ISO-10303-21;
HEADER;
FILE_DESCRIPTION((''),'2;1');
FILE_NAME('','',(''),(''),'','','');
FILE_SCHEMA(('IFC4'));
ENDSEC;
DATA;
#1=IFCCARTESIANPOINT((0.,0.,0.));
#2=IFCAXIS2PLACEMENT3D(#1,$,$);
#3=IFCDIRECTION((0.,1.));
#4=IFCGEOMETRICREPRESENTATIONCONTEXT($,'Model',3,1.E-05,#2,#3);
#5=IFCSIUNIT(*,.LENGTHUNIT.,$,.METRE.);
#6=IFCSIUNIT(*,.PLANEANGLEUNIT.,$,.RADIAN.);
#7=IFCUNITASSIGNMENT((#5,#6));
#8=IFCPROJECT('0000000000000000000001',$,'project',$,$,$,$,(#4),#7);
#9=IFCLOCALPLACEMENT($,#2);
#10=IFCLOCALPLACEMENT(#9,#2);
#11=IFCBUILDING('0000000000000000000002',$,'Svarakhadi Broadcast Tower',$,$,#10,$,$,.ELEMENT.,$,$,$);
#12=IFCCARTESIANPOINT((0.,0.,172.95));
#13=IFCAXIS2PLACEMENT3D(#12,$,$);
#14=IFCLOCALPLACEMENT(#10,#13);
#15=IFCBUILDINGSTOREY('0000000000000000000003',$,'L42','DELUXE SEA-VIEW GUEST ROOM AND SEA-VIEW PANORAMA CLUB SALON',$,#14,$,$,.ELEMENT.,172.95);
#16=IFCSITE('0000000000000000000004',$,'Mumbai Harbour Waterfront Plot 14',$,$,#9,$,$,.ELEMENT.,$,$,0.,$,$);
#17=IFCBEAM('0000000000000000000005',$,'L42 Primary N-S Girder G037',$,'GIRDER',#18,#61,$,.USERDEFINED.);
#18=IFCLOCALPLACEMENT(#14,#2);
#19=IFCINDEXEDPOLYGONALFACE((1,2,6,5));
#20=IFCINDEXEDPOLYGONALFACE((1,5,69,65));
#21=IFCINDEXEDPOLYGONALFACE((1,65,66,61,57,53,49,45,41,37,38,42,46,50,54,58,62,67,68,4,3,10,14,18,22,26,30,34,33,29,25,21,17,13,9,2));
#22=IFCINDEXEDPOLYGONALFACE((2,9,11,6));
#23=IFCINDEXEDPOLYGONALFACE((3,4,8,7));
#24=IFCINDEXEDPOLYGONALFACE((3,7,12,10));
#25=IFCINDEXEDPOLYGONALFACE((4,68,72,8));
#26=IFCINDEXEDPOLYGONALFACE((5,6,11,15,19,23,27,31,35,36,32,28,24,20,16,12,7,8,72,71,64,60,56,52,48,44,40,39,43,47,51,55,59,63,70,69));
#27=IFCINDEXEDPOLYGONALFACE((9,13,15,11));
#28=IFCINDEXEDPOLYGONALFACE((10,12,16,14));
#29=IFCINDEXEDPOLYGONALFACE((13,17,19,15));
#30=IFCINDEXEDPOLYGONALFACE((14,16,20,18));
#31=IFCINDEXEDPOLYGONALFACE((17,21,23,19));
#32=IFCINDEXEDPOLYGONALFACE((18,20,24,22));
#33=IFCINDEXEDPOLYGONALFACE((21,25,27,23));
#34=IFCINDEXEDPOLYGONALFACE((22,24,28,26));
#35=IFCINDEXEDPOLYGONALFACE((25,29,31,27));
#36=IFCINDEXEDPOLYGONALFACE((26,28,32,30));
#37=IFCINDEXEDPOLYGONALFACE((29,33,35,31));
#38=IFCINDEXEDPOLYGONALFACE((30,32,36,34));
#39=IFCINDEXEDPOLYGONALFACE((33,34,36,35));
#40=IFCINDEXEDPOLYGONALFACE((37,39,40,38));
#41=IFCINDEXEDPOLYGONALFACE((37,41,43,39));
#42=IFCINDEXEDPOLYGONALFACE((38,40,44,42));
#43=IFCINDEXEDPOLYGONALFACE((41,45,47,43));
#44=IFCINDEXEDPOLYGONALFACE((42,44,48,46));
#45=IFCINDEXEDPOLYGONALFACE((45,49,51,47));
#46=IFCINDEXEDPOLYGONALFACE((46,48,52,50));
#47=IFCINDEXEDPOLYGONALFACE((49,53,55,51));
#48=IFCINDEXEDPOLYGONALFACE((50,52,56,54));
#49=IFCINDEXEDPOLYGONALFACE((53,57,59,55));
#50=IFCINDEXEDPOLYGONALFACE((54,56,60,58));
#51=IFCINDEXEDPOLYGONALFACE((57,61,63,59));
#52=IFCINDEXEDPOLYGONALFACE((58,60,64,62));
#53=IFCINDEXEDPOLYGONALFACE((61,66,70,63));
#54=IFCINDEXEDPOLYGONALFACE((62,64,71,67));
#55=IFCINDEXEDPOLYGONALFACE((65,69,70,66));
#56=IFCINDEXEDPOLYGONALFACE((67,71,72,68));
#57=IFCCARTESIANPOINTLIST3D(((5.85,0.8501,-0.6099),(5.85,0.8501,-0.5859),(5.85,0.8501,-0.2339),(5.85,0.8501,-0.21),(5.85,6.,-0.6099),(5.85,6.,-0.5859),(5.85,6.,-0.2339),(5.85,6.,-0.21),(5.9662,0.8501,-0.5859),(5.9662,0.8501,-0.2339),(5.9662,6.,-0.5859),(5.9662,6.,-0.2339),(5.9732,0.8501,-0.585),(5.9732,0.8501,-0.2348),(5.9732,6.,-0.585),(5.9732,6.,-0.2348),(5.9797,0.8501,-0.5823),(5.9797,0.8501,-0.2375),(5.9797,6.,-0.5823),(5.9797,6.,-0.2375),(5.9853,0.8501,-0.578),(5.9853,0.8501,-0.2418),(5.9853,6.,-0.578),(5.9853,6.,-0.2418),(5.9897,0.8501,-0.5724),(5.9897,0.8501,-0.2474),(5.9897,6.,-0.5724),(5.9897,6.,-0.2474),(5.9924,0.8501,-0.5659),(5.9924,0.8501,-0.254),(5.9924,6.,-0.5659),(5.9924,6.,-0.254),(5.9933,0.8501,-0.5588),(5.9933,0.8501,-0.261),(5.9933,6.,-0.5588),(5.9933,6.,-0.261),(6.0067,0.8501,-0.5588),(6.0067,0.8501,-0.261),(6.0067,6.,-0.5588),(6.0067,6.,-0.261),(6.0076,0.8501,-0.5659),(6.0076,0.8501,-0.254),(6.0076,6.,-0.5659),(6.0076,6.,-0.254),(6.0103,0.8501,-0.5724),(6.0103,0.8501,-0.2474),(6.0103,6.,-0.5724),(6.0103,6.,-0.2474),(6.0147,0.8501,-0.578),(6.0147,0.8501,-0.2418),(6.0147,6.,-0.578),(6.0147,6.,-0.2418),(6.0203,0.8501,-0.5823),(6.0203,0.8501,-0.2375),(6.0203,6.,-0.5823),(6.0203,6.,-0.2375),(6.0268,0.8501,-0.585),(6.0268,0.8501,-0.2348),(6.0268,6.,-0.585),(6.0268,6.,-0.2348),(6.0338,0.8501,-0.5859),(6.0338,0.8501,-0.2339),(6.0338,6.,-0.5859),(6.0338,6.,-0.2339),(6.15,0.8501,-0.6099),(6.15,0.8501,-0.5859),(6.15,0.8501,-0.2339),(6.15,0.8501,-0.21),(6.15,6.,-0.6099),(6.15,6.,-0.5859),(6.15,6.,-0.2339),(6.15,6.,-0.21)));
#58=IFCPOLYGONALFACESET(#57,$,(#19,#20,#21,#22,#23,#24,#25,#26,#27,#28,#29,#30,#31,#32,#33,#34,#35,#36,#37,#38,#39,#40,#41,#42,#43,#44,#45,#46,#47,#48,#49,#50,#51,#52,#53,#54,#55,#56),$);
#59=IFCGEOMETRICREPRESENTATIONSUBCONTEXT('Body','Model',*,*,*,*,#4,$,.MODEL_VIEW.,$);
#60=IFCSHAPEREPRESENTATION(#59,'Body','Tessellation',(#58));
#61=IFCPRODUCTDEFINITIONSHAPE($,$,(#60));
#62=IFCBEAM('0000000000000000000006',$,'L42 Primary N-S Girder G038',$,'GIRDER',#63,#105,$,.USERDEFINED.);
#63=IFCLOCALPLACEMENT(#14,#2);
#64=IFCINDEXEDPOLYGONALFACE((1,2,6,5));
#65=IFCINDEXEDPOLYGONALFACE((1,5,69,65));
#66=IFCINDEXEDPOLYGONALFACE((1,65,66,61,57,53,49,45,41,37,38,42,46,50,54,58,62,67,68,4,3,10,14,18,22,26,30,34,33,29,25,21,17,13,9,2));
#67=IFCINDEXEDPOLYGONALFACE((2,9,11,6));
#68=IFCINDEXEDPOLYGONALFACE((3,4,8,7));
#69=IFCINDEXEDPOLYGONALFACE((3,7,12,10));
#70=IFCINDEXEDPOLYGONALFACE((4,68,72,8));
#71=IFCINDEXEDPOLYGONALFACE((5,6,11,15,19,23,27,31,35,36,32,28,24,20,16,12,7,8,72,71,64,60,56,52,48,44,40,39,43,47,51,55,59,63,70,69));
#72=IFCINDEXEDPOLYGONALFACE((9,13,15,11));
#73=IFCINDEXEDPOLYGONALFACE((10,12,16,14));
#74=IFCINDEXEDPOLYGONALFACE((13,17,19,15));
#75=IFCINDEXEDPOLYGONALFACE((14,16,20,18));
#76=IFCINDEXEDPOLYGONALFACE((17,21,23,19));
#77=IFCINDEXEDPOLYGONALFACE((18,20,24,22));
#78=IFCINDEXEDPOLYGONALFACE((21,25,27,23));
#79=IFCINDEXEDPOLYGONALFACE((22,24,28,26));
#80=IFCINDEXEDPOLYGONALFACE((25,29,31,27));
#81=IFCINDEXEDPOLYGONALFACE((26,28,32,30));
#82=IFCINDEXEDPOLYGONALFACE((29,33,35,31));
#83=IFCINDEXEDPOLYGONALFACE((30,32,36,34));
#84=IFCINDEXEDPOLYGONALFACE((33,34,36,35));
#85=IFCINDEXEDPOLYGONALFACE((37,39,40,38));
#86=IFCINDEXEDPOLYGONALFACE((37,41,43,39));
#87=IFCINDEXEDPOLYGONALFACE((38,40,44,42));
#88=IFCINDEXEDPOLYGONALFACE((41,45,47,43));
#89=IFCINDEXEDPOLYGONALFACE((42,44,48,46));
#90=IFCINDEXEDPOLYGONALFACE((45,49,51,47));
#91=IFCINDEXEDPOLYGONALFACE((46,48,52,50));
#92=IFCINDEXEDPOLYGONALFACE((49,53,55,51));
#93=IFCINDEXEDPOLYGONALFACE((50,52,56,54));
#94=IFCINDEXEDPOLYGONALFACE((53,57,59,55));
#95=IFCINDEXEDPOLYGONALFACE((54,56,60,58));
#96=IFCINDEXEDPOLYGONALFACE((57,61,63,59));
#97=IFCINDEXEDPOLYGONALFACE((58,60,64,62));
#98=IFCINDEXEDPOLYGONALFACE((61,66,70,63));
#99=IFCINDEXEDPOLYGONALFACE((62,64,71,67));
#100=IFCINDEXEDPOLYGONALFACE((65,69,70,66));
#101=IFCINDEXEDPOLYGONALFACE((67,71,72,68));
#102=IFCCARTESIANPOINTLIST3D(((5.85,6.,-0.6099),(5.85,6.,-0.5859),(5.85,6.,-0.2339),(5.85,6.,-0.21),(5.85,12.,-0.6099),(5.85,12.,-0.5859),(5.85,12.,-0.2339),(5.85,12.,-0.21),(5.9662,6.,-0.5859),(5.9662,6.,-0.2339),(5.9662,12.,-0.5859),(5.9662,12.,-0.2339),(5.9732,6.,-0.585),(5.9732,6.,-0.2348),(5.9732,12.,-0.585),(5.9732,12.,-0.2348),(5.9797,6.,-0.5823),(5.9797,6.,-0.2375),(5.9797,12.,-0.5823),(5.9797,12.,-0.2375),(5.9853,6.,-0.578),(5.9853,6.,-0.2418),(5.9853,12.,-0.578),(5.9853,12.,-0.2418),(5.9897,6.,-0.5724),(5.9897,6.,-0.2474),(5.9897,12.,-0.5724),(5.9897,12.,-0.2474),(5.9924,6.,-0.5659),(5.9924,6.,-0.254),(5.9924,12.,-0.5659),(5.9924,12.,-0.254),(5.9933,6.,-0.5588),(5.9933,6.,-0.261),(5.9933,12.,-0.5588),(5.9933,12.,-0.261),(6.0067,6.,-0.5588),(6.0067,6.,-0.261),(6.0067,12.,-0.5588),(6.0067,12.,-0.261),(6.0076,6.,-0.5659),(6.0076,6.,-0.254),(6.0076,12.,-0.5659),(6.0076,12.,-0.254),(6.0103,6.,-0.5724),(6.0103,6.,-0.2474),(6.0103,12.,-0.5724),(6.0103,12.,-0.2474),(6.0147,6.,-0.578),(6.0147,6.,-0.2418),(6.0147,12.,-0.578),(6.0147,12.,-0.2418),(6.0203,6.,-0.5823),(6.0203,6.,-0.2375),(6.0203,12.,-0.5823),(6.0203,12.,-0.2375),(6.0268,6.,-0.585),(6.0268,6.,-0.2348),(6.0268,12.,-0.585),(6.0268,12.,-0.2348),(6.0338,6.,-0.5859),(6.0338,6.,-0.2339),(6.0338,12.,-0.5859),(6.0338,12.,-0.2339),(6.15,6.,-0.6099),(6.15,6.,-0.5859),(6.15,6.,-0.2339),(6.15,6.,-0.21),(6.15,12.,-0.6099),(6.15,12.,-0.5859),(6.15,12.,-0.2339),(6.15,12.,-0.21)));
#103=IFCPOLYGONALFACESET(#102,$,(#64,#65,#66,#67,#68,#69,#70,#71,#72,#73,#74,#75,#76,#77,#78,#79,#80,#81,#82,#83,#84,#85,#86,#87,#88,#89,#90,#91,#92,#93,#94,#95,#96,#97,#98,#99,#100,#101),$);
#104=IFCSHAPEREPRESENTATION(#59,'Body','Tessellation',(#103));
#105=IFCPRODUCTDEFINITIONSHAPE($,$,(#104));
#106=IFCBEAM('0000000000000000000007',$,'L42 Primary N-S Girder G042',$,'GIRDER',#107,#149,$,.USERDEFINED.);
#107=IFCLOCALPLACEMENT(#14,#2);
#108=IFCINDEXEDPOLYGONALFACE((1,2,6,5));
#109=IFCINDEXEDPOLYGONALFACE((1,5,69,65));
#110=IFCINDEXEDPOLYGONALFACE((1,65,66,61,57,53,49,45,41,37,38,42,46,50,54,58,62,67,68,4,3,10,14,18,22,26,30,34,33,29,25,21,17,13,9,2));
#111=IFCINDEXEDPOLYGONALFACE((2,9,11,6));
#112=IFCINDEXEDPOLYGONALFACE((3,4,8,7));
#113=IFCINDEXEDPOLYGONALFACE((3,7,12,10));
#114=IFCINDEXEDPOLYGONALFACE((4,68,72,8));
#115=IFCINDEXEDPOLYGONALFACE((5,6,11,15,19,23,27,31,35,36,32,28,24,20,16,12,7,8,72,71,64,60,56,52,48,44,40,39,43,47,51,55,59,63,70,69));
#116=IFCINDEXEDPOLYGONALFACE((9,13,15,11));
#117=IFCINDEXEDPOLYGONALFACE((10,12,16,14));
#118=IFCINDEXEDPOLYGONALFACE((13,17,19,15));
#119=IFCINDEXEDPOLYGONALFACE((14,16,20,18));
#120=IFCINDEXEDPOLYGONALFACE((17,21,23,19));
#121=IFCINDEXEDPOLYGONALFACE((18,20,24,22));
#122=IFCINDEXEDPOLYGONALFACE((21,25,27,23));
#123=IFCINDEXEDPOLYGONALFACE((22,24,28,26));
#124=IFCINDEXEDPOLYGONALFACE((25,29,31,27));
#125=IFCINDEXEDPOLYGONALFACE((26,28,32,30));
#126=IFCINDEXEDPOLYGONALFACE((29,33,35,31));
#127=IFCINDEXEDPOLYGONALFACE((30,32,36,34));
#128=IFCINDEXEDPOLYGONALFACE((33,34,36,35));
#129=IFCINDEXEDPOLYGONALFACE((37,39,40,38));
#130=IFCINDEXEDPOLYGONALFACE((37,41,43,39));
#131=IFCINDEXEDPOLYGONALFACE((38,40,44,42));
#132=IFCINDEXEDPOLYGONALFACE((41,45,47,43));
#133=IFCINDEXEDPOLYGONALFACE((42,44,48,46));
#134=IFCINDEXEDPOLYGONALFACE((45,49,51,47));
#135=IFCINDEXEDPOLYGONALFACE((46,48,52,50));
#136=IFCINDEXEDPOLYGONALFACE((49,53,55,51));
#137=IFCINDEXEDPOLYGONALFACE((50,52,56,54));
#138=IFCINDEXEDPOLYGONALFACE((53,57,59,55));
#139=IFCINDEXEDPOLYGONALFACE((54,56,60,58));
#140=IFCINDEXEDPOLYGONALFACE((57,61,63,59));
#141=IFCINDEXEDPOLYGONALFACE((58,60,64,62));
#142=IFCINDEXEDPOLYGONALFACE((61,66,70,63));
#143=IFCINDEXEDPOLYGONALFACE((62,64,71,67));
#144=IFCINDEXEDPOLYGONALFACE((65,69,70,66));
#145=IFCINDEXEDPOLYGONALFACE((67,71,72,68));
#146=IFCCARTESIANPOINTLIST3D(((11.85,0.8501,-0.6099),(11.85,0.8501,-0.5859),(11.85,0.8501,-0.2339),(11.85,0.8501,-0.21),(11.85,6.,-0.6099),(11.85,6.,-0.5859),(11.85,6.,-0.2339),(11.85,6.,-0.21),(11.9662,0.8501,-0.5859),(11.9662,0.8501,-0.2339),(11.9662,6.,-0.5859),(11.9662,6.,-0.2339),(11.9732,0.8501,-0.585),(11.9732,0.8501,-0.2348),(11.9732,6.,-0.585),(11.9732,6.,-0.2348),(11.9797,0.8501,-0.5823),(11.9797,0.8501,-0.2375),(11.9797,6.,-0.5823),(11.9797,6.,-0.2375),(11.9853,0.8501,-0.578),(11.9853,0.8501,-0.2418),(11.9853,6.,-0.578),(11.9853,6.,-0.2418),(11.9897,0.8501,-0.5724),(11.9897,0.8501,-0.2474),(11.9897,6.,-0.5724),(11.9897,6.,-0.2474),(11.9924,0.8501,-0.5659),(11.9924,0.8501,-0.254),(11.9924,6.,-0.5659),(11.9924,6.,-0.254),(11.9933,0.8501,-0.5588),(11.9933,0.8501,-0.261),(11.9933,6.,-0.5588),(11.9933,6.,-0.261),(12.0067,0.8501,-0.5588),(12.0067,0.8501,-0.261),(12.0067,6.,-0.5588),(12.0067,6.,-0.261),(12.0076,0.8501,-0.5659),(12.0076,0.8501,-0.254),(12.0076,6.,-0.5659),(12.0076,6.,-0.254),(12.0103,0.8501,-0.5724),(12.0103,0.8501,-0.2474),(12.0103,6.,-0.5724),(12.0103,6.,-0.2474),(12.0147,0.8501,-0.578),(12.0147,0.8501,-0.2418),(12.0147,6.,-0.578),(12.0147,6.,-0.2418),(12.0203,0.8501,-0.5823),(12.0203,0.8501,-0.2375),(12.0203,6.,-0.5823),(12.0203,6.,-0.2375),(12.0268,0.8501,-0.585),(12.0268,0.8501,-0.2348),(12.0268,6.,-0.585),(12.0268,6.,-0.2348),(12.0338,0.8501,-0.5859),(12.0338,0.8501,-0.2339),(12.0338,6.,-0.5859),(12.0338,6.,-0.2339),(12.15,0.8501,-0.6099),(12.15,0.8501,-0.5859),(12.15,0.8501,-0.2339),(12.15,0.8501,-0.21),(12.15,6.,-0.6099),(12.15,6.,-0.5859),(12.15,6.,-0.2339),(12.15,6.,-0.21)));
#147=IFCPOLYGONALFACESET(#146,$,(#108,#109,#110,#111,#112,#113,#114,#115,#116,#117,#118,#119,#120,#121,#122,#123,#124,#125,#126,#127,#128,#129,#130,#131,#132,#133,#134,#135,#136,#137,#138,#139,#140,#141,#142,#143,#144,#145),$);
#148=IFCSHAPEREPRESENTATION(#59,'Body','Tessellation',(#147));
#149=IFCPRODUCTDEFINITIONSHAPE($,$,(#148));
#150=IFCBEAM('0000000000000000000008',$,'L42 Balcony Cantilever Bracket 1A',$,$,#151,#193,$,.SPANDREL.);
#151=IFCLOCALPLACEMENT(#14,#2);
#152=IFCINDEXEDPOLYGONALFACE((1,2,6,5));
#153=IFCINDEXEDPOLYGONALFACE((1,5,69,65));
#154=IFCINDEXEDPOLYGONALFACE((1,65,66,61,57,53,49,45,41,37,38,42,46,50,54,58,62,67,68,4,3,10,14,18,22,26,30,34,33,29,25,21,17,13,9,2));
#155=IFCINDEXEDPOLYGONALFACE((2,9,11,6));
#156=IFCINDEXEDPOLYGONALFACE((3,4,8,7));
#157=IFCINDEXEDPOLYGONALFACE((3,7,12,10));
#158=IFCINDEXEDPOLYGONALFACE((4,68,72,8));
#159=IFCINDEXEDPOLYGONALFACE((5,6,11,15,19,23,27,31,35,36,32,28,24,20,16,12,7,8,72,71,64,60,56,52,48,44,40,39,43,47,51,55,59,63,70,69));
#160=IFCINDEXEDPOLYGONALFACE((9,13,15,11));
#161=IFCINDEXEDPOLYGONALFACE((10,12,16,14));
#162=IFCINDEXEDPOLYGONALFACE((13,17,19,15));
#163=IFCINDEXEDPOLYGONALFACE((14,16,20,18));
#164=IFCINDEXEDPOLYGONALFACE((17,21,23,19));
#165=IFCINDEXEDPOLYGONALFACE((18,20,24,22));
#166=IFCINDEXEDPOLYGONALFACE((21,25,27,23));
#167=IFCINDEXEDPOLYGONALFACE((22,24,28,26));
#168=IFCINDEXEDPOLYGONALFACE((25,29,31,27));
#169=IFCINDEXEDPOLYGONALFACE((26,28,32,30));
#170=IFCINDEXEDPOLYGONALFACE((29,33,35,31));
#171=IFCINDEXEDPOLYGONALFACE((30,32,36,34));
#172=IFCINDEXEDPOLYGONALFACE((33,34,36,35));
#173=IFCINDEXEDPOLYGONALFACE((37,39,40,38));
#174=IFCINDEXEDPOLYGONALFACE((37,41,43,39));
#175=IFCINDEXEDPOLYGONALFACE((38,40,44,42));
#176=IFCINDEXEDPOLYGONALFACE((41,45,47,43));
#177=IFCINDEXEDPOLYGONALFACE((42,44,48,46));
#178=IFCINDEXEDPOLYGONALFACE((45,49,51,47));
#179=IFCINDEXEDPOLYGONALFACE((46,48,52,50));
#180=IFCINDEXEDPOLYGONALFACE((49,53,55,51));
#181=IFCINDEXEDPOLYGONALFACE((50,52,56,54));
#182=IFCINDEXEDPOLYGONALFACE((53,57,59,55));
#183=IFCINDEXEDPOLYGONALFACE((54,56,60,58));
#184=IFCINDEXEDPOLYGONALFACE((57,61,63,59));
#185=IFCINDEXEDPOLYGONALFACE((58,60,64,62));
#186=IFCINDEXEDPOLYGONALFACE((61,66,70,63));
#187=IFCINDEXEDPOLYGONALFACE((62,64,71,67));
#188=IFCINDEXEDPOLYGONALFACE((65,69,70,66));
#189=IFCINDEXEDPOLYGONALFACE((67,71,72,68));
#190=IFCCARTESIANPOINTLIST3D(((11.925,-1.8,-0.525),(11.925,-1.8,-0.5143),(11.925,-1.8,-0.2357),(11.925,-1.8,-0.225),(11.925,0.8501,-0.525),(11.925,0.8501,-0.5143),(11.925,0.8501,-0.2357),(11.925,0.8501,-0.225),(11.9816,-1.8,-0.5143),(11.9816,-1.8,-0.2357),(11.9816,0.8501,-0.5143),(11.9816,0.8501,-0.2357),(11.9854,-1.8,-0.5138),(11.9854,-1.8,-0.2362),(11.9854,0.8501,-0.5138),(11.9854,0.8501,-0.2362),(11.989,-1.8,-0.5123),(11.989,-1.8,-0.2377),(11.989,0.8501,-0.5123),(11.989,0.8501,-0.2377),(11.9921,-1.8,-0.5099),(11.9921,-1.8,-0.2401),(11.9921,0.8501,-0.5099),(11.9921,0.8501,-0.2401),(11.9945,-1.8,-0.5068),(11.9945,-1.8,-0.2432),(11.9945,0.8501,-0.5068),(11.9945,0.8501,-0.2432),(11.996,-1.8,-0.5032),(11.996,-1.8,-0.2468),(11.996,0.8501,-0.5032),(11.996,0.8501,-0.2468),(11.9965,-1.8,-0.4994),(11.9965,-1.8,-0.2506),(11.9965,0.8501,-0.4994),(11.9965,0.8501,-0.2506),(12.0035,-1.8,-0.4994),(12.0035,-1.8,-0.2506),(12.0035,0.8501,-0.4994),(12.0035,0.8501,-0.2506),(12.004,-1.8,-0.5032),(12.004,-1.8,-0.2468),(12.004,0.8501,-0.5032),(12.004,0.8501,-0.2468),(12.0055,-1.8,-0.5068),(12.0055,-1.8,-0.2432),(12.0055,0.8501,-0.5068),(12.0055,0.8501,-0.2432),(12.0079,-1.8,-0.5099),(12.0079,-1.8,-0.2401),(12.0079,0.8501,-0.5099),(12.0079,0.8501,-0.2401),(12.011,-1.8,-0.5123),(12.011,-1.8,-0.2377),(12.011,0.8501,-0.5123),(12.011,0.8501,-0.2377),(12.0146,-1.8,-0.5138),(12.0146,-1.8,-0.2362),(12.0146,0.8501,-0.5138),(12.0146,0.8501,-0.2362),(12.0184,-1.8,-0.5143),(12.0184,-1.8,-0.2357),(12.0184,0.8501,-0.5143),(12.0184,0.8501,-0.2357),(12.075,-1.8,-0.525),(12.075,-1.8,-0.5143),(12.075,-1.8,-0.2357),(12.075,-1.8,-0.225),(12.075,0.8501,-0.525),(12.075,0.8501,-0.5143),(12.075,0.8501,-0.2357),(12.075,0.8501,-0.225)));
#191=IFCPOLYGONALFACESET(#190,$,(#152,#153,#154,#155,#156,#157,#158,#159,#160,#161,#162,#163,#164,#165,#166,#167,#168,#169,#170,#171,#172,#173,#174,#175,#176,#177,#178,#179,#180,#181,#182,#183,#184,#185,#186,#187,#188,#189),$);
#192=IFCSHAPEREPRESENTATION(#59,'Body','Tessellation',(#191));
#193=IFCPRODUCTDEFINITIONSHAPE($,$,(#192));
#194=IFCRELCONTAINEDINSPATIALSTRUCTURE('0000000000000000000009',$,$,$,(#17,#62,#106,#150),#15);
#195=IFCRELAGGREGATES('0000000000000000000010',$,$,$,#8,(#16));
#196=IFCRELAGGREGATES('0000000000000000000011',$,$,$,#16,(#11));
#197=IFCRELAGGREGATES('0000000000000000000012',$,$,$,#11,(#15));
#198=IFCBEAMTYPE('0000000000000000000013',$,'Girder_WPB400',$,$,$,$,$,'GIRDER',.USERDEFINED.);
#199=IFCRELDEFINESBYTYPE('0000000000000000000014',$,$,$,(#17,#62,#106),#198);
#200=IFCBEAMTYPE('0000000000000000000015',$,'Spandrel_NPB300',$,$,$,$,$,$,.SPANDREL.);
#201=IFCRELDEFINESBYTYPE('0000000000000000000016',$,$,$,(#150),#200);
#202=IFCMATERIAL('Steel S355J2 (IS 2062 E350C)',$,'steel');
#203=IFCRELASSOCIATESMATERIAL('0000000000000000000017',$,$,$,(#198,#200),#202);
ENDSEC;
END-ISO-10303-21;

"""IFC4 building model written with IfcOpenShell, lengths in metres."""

from ifc_helpers import new_model, si_unit, direction, frame, origin, origin_2d, place, context, subcontext, project, spatial, i_section, extrude, material, material_profile, profile_set, type_object, element, save


model = new_model("IFC4")

# Units and contexts
model_context = context("Model", 3, precision=1e-05, world=origin(), true_north=direction((0.0, 1.0)))
body_context = subcontext(model_context, "Body", "Model", "MODEL_VIEW")
ifc_project = project(units=[si_unit("LENGTHUNIT", "METRE"), si_unit("PLANEANGLEUNIT", "RADIAN")], contexts=[model_context])

# Site, building, storey
site_placement = place(None, origin())
site = spatial("IfcSite", under=ifc_project, at=site_placement, Name="Mumbai Harbour Waterfront Plot 14", CompositionType="ELEMENT", RefElevation=0.0)
building_placement = place(site_placement, origin())
building = spatial("IfcBuilding", under=site, at=building_placement, Name="Svarakhadi Broadcast Tower", CompositionType="ELEMENT")
storey_placement = place(building_placement, frame((0.0, 0.0, 172.95)))
storey = spatial("IfcBuildingStorey", under=building, at=storey_placement, Name="L42", Description="DELUXE SEA-VIEW GUEST ROOM AND SEA-VIEW PANORAMA CLUB SALON", CompositionType="ELEMENT", Elevation=172.95)

# Shared definitions
ifc_material_1 = material(Name="Steel S355J2 (IS 2062 E350C)", Category="steel")

# Beams
ifc_material_profile_1 = material_profile(ifc_material_1, i_section(OverallWidth=0.3, OverallDepth=0.3999, WebThickness=0.0134, FlangeThickness=0.0239, FilletRadius=0.0271, at=origin_2d()), Name="WPB 400x300x155")
ifc_profile_set_1 = profile_set([ifc_material_profile_1], Name="Steel S355J2 (IS 2062 E350C)")
beam_type_1 = type_object("IfcBeamType", Name="Girder_WPB400", ElementType="GIRDER", PredefinedType="USERDEFINED", material=ifc_profile_set_1)
beam_1_placement = place(storey_placement, frame((6.0, 0.8501, -0.4099), z_axis=(0.0, 1.0, 0.0), x_axis=(-1.0, 0.0, 0.0)))
element("IfcBeam", 1, at=beam_1_placement, inside=storey, type_object=beam_type_1, Name="L42 Primary N-S Girder G037", ObjectType="GIRDER", PredefinedType="USERDEFINED", context=body_context, shape_type="SweptSolid", body=[
    extrude(i_section(OverallWidth=0.3, OverallDepth=0.3999, WebThickness=0.0134, FlangeThickness=0.0239, FilletRadius=0.0271, at=origin_2d()), origin(), (0.0, 0.0, 1.0), 5.1499),
])
beam_2_placement = place(storey_placement, frame((6.0, 6.0, -0.4099), z_axis=(0.0, 1.0, 0.0), x_axis=(-1.0, 0.0, 0.0)))
element("IfcBeam", 2, at=beam_2_placement, inside=storey, type_object=beam_type_1, Name="L42 Primary N-S Girder G038", ObjectType="GIRDER", PredefinedType="USERDEFINED", context=body_context, shape_type="SweptSolid", body=[
    extrude(i_section(OverallWidth=0.3, OverallDepth=0.3999, WebThickness=0.0134, FlangeThickness=0.0239, FilletRadius=0.0271, at=origin_2d()), origin(), (0.0, 0.0, 1.0), 6.0),
])
beam_3_placement = place(storey_placement, frame((12.0, 0.8501, -0.4099), z_axis=(0.0, 1.0, 0.0), x_axis=(-1.0, 0.0, 0.0)))
element("IfcBeam", 3, at=beam_3_placement, inside=storey, type_object=beam_type_1, Name="L42 Primary N-S Girder G042", ObjectType="GIRDER", PredefinedType="USERDEFINED", context=body_context, shape_type="SweptSolid", body=[
    extrude(i_section(OverallWidth=0.3, OverallDepth=0.3999, WebThickness=0.0134, FlangeThickness=0.0239, FilletRadius=0.0271, at=origin_2d()), origin(), (0.0, 0.0, 1.0), 5.1499),
])
ifc_material_profile_2 = material_profile(ifc_material_1, i_section(OverallWidth=0.1499, OverallDepth=0.3, WebThickness=0.0071, FlangeThickness=0.0107, FilletRadius=0.0149, at=origin_2d()), Name="NPB 300x150x37")
ifc_profile_set_2 = profile_set([ifc_material_profile_2], Name="Steel S355J2 (IS 2062 E350C)")
beam_type_2 = type_object("IfcBeamType", Name="Spandrel_NPB300", PredefinedType="SPANDREL", material=ifc_profile_set_2)
beam_4_placement = place(storey_placement, frame((12.0, 0.8501, -0.375), z_axis=(0.0, -1.0, 0.0), x_axis=(1.0, 0.0, 0.0)))
element("IfcBeam", 4, at=beam_4_placement, inside=storey, type_object=beam_type_2, Name="L42 Balcony Cantilever Bracket 1A", PredefinedType="SPANDREL", context=body_context, shape_type="SweptSolid", body=[
    extrude(i_section(OverallWidth=0.1499, OverallDepth=0.3, WebThickness=0.0071, FlangeThickness=0.0107, FilletRadius=0.0149, at=origin_2d()), origin(), (0.0, 0.0, 1.0), 2.6501),
])

save(model, "model.ifc")
